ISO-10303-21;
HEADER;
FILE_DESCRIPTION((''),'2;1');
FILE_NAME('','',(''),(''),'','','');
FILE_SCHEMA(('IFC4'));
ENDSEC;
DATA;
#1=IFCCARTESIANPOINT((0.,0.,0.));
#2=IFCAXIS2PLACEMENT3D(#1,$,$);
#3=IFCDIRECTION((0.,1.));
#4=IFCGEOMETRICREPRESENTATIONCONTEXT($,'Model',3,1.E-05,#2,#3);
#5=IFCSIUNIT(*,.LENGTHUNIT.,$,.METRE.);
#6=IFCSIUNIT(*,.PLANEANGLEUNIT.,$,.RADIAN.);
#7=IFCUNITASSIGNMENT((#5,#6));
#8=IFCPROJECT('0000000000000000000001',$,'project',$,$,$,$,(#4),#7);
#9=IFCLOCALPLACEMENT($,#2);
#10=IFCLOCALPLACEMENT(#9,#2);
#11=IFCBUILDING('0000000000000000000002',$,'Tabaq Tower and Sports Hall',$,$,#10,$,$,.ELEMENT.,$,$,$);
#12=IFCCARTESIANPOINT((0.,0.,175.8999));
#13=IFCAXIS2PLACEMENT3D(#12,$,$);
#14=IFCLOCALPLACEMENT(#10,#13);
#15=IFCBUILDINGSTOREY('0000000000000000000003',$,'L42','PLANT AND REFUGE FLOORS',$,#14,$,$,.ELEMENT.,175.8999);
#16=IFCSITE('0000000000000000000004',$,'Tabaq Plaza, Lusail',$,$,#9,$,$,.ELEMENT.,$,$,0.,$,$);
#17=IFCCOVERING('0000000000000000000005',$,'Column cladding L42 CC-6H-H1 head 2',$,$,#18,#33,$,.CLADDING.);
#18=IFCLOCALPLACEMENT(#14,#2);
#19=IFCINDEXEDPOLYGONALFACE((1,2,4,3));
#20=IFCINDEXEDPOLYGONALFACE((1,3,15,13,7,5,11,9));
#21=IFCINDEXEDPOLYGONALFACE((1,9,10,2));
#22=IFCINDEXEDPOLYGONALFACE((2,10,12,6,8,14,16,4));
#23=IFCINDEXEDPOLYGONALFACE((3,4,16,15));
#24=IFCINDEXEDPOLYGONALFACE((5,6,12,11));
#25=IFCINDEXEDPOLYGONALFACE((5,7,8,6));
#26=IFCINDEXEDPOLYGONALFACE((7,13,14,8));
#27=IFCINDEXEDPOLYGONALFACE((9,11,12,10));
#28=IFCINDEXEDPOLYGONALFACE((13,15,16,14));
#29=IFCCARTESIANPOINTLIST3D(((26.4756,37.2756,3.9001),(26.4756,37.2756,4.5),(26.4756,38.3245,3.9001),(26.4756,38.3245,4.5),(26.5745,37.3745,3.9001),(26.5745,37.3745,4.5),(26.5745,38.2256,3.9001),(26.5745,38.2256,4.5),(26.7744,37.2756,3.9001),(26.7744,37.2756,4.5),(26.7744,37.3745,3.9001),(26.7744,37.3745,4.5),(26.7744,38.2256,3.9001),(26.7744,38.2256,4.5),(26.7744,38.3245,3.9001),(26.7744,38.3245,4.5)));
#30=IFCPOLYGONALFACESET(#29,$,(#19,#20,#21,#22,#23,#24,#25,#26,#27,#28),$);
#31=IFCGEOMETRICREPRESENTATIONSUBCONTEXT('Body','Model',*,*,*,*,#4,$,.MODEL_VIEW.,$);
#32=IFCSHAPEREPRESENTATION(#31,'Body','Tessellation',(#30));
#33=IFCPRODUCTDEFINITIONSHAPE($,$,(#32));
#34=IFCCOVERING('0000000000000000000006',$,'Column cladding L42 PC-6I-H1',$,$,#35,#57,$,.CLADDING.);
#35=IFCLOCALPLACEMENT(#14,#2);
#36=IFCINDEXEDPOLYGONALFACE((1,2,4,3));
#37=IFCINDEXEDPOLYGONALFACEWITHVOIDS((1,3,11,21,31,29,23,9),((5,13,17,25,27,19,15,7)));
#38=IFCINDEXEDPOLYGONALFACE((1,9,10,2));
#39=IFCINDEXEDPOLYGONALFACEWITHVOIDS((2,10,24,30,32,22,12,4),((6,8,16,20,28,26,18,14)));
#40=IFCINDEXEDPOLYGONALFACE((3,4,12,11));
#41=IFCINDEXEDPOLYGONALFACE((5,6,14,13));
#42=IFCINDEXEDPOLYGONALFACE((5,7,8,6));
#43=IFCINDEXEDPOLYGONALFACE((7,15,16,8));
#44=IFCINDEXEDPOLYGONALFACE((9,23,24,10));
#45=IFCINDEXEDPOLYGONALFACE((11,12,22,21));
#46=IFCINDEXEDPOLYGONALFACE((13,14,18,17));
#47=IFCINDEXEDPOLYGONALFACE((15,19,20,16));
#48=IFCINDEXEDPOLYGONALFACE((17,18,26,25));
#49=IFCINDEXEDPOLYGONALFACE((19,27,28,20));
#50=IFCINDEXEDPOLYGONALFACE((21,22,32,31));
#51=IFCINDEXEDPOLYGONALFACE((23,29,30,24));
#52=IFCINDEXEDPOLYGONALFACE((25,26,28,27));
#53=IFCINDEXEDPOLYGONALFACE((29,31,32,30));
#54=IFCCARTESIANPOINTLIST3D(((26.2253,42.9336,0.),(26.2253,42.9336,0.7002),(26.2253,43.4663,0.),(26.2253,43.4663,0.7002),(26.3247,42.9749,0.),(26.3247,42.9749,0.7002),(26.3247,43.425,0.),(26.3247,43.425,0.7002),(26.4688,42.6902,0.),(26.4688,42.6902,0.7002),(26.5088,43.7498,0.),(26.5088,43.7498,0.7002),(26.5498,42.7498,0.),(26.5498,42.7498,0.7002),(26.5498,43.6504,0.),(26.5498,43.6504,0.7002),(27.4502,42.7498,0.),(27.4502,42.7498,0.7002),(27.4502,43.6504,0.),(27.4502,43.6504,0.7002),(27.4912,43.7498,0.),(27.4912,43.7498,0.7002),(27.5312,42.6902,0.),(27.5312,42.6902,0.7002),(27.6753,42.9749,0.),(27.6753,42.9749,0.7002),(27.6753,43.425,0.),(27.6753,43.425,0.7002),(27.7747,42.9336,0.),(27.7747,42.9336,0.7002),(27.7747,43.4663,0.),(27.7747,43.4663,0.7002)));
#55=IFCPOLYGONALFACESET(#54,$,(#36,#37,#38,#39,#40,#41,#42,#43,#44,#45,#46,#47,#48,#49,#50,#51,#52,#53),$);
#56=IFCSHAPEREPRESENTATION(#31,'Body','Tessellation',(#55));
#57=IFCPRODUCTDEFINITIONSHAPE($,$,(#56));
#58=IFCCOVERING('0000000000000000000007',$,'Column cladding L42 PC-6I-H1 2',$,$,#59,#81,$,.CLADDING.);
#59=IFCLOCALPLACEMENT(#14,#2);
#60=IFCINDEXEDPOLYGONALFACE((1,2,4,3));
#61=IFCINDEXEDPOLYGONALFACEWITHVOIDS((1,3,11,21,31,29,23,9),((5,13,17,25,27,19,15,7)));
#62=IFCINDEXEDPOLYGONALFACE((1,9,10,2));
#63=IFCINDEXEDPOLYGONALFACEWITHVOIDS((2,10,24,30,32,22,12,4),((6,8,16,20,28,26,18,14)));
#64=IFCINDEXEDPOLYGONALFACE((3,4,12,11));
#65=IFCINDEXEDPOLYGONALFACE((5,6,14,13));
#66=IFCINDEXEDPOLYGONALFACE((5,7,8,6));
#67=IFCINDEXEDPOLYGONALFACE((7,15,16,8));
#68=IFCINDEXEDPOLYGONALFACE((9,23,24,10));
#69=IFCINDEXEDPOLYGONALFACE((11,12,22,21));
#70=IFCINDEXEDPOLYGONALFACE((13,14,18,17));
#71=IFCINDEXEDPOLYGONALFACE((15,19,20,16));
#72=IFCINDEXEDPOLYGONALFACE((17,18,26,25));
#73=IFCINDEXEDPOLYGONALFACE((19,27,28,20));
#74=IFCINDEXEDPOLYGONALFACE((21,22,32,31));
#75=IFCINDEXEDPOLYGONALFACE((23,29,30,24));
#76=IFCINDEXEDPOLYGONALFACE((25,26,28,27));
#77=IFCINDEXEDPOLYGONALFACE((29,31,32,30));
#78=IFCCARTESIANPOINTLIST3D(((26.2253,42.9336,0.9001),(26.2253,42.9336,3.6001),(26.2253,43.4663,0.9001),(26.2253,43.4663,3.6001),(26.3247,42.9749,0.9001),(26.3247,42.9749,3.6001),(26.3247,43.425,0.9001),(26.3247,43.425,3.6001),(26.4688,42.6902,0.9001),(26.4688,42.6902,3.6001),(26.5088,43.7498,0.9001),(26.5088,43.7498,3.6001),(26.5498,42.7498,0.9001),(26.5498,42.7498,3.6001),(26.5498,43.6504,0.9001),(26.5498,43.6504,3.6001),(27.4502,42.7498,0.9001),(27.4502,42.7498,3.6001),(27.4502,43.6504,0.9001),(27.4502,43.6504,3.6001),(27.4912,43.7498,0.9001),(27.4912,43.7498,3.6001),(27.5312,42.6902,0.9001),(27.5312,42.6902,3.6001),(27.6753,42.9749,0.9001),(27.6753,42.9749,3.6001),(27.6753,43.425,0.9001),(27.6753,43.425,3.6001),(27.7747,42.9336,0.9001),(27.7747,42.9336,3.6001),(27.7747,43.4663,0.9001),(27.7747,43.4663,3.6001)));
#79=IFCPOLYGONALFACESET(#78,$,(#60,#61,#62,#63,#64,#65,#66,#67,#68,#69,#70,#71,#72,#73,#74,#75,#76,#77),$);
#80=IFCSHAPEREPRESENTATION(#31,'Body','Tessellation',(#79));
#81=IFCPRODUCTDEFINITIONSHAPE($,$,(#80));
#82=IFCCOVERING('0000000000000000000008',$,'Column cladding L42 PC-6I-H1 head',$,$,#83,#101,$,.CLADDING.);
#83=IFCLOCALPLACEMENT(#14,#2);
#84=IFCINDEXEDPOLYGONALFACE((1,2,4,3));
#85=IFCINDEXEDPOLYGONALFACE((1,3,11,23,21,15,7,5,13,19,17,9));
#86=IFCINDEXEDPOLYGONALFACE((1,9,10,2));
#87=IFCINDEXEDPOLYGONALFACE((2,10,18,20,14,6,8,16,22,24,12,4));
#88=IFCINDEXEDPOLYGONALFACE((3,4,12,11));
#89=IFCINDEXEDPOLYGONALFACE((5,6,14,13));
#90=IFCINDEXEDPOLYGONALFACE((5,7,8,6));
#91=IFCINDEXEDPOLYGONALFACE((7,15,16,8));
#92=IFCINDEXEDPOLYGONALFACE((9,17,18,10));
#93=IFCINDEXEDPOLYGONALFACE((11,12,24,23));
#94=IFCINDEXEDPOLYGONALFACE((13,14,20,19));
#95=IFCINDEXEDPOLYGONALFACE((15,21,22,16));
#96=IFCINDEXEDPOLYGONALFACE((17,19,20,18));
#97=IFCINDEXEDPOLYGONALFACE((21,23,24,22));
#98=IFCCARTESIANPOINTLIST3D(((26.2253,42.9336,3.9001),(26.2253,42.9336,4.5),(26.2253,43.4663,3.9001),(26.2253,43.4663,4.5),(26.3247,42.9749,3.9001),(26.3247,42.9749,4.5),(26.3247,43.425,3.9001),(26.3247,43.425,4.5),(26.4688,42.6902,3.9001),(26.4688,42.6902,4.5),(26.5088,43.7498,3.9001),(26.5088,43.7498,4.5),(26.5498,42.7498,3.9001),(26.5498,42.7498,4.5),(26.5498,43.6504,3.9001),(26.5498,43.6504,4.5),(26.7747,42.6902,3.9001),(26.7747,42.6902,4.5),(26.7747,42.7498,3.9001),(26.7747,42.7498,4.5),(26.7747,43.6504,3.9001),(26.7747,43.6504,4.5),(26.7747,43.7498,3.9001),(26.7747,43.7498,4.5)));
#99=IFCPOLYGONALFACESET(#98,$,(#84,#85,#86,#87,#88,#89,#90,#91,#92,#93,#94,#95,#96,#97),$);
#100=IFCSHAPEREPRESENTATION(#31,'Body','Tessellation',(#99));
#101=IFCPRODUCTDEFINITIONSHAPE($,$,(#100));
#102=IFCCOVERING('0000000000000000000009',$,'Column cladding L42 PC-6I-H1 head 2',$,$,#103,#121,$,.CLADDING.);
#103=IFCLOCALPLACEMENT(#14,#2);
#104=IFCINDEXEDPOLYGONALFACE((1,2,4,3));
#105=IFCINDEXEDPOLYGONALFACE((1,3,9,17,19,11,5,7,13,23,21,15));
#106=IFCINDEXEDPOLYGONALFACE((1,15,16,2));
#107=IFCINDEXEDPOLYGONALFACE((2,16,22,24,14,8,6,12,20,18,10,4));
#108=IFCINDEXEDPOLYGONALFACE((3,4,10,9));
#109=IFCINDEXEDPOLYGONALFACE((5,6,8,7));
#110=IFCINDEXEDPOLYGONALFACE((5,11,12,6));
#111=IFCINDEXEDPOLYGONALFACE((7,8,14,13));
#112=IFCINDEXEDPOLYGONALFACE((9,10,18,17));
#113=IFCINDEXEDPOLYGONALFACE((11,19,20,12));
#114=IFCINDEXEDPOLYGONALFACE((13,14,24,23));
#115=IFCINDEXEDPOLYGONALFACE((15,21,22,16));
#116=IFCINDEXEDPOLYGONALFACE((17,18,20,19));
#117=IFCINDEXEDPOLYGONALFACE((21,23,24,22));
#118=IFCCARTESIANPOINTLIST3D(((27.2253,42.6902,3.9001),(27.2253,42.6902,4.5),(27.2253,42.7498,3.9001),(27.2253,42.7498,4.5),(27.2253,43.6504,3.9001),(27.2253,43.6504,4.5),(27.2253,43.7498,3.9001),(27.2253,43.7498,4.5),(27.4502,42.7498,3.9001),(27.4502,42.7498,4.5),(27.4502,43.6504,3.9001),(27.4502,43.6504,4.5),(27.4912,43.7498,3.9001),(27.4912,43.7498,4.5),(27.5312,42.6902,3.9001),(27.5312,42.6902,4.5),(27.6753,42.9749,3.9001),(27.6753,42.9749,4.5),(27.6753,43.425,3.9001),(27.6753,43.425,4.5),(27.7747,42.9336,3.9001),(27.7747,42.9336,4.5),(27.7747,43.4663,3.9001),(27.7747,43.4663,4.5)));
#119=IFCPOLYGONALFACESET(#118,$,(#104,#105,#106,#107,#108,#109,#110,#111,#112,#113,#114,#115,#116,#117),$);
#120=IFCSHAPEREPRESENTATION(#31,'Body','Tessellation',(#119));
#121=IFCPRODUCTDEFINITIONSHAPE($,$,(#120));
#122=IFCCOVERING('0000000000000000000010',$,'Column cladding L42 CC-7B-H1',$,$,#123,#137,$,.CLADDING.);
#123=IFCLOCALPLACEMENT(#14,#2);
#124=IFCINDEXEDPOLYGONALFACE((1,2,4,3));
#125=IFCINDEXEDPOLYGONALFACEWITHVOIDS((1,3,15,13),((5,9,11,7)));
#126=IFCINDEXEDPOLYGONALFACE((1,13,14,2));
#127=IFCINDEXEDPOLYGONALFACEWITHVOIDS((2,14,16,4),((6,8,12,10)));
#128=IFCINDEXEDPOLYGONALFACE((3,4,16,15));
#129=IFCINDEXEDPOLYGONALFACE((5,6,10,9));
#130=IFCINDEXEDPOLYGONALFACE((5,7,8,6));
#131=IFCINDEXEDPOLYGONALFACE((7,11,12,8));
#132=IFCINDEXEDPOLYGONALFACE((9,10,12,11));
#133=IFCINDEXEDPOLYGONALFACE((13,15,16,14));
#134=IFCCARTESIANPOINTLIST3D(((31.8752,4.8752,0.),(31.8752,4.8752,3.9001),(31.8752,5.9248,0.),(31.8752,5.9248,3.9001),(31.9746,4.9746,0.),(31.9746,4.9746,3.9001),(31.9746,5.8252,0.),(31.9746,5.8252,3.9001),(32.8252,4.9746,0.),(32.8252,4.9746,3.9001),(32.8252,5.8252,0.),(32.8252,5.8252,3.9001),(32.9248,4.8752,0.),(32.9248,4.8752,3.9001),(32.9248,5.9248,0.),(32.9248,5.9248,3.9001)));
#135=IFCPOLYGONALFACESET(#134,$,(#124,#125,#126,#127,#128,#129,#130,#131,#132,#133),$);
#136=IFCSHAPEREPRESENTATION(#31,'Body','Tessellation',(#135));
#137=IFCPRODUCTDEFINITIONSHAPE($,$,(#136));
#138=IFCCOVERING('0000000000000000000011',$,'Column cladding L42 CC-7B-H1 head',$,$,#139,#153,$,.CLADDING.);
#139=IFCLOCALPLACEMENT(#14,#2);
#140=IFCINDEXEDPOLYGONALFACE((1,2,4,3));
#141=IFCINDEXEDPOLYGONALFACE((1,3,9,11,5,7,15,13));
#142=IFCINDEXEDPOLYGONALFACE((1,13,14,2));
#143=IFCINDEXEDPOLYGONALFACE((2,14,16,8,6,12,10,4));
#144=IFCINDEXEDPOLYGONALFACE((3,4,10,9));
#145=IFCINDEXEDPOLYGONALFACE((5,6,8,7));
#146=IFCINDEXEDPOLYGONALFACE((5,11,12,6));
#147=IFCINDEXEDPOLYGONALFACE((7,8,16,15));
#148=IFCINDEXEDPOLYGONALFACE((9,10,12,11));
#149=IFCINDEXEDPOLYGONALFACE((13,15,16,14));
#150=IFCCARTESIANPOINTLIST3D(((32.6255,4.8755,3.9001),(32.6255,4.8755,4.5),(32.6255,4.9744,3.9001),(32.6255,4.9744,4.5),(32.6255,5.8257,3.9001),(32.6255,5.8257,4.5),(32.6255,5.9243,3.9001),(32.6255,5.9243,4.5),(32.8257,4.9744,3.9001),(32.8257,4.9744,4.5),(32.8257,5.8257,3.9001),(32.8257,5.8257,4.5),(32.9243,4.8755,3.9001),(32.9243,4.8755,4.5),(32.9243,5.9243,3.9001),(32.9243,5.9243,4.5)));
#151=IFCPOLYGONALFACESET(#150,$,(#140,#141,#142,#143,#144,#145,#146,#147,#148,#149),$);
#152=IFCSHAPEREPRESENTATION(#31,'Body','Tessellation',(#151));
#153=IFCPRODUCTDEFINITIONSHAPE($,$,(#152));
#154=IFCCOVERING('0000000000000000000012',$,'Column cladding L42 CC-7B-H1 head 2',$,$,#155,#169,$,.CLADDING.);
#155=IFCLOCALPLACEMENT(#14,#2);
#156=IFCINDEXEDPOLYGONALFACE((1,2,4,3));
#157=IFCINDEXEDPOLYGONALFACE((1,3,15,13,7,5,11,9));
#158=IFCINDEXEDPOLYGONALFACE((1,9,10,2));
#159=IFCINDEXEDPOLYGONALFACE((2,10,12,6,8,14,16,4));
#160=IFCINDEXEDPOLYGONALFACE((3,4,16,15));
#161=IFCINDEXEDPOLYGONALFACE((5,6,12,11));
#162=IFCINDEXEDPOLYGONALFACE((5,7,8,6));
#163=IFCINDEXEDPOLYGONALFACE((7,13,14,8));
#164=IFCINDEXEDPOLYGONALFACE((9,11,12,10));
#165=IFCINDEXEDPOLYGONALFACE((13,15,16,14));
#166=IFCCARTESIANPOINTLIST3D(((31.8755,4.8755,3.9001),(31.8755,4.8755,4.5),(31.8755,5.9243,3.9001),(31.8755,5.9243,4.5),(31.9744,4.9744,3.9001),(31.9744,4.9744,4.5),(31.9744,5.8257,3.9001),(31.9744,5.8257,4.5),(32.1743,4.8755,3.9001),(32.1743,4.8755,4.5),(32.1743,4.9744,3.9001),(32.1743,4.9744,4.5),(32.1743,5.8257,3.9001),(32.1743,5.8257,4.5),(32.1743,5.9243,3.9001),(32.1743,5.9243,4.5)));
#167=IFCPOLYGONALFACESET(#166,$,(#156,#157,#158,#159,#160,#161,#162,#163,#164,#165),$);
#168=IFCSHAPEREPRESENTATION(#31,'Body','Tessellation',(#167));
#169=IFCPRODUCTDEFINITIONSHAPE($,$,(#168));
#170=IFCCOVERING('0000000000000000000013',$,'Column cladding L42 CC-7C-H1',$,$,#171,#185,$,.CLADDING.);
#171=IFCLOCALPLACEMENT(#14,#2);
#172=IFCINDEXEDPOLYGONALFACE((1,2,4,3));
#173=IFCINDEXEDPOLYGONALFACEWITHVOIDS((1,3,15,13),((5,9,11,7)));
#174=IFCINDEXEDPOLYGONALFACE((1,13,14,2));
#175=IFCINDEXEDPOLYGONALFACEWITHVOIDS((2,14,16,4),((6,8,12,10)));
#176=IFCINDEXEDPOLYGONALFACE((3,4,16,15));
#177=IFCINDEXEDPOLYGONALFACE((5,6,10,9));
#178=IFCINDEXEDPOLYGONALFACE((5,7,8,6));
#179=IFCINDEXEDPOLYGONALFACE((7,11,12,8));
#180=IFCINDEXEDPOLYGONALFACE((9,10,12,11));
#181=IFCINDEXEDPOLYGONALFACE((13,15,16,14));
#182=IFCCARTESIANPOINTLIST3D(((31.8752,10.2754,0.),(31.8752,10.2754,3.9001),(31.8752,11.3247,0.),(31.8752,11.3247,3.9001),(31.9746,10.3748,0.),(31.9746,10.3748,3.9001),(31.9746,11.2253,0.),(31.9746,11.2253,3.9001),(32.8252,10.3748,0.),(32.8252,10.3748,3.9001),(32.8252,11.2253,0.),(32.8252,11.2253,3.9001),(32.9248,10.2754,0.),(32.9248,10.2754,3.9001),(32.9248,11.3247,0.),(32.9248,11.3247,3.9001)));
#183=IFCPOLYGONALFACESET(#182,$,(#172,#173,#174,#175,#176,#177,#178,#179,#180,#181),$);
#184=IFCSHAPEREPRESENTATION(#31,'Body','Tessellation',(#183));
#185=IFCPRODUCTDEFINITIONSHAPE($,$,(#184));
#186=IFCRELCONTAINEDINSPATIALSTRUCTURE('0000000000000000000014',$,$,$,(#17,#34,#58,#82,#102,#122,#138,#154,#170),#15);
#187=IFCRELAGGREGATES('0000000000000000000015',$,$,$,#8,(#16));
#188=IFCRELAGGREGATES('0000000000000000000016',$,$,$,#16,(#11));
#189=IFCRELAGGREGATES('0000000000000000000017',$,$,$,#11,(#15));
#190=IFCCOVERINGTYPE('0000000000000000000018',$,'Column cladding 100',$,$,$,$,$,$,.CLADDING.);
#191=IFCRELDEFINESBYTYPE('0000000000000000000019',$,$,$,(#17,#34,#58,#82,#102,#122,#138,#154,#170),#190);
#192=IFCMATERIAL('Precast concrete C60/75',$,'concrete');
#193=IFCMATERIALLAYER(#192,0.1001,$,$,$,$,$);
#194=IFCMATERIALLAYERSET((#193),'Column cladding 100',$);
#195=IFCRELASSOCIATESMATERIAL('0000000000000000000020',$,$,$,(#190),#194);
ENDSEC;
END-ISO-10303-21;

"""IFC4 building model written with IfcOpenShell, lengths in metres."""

from ifc_helpers import new_model, si_unit, direction, frame, origin, place, context, subcontext, project, spatial, polyline, outline, extrude, material, layer, layer_set, type_object, element, save


model = new_model("IFC4")

# Units and contexts
model_context = context("Model", 3, precision=1e-05, world=origin(), true_north=direction((0.0, 1.0)))
body_context = subcontext(model_context, "Body", "Model", "MODEL_VIEW")
ifc_project = project(units=[si_unit("LENGTHUNIT", "METRE"), si_unit("PLANEANGLEUNIT", "RADIAN")], contexts=[model_context])

# Site, building, storey
site_placement = place(None, origin())
site = spatial("IfcSite", under=ifc_project, at=site_placement, Name="Tabaq Plaza, Lusail", CompositionType="ELEMENT", RefElevation=0.0)
building_placement = place(site_placement, origin())
building = spatial("IfcBuilding", under=site, at=building_placement, Name="Tabaq Tower and Sports Hall", CompositionType="ELEMENT")
storey_placement = place(building_placement, frame((0.0, 0.0, 175.8999)))
storey = spatial("IfcBuildingStorey", under=building, at=storey_placement, Name="L42", Description="PLANT AND REFUGE FLOORS", CompositionType="ELEMENT", Elevation=175.8999)

# Coverings
ifc_material_1 = material(Name="Precast concrete C60/75", Category="concrete")
ifc_layer_1 = layer(ifc_material_1, 0.1001)
ifc_layer_set_1 = layer_set([ifc_layer_1], Name="Column cladding 100")
covering_type_1 = type_object("IfcCoveringType", Name="Column cladding 100", PredefinedType="CLADDING", material=ifc_layer_set_1)
covering_1_placement = place(storey_placement, frame((0.0, 0.0, 3.9001)))
element("IfcCovering", 1, at=covering_1_placement, inside=storey, type_object=covering_type_1, Name="Column cladding L42 CC-6H-H1 head 2", PredefinedType="CLADDING", context=body_context, shape_type="SweptSolid", body=[
    extrude(outline(polyline([(26.7744, 38.2256), (26.5745, 38.2256), (26.5745, 37.3745), (26.7744, 37.3745), (26.7744, 37.2756), (26.4756, 37.2756), (26.4756, 38.3245), (26.7744, 38.3245), (26.7744, 38.2256)])), origin(), (0.0, 0.0, 1.0), 0.5999),
])
covering_2_placement = place(storey_placement, origin())
element("IfcCovering", 2, at=covering_2_placement, inside=storey, type_object=covering_type_1, Name="Column cladding L42 PC-6I-H1", PredefinedType="CLADDING", context=body_context, shape_type="SweptSolid", body=[
    extrude(outline(polyline([(26.2253, 43.4663), (26.5088, 43.7498), (27.4912, 43.7498), (27.7747, 43.4663), (27.7747, 42.9336), (27.5312, 42.6902), (26.4688, 42.6902), (26.2253, 42.9336), (26.2253, 43.4663)]), holes=[polyline([(27.6753, 42.9749), (27.6753, 43.425), (27.4502, 43.6504), (26.5498, 43.6504), (26.3247, 43.425), (26.3247, 42.9749), (26.5498, 42.7498), (27.4502, 42.7498), (27.6753, 42.9749)])]), origin(), (0.0, 0.0, 1.0), 0.7002),
])
covering_3_placement = place(storey_placement, frame((0.0, 0.0, 0.9001)))
element("IfcCovering", 3, at=covering_3_placement, inside=storey, type_object=covering_type_1, Name="Column cladding L42 PC-6I-H1 2", PredefinedType="CLADDING", context=body_context, shape_type="SweptSolid", body=[
    extrude(outline(polyline([(26.2253, 43.4663), (26.5088, 43.7498), (27.4912, 43.7498), (27.7747, 43.4663), (27.7747, 42.9336), (27.5312, 42.6902), (26.4688, 42.6902), (26.2253, 42.9336), (26.2253, 43.4663)]), holes=[polyline([(27.6753, 42.9749), (27.6753, 43.425), (27.4502, 43.6504), (26.5498, 43.6504), (26.3247, 43.425), (26.3247, 42.9749), (26.5498, 42.7498), (27.4502, 42.7498), (27.6753, 42.9749)])]), origin(), (0.0, 0.0, 1.0), 2.7),
])
covering_4_placement = place(storey_placement, frame((0.0, 0.0, 3.9001)))
element("IfcCovering", 4, at=covering_4_placement, inside=storey, type_object=covering_type_1, Name="Column cladding L42 PC-6I-H1 head", PredefinedType="CLADDING", context=body_context, shape_type="SweptSolid", body=[
    extrude(outline(polyline([(26.5088, 43.7498), (26.7747, 43.7498), (26.7747, 43.6504), (26.5498, 43.6504), (26.3247, 43.425), (26.3247, 42.9749), (26.5498, 42.7498), (26.7747, 42.7498), (26.7747, 42.6902), (26.4688, 42.6902), (26.2253, 42.9336), (26.2253, 43.4663), (26.5088, 43.7498)])), origin(), (0.0, 0.0, 1.0), 0.5999),
])
covering_5_placement = place(storey_placement, frame((0.0, 0.0, 3.9001)))
element("IfcCovering", 5, at=covering_5_placement, inside=storey, type_object=covering_type_1, Name="Column cladding L42 PC-6I-H1 head 2", PredefinedType="CLADDING", context=body_context, shape_type="SweptSolid", body=[
    extrude(outline(polyline([(27.4912, 43.7498), (27.7747, 43.4663), (27.7747, 42.9336), (27.5312, 42.6902), (27.2253, 42.6902), (27.2253, 42.7498), (27.4502, 42.7498), (27.6753, 42.9749), (27.6753, 43.425), (27.4502, 43.6504), (27.2253, 43.6504), (27.2253, 43.7498), (27.4912, 43.7498)])), origin(), (0.0, 0.0, 1.0), 0.5999),
])
covering_6_placement = place(storey_placement, origin())
element("IfcCovering", 6, at=covering_6_placement, inside=storey, type_object=covering_type_1, Name="Column cladding L42 CC-7B-H1", PredefinedType="CLADDING", context=body_context, shape_type="SweptSolid", body=[
    extrude(outline(polyline([(31.8752, 5.9248), (32.9248, 5.9248), (32.9248, 4.8752), (31.8752, 4.8752), (31.8752, 5.9248)]), holes=[polyline([(32.8252, 4.9746), (32.8252, 5.8252), (31.9746, 5.8252), (31.9746, 4.9746), (32.8252, 4.9746)])]), origin(), (0.0, 0.0, 1.0), 3.9001),
])
covering_7_placement = place(storey_placement, frame((0.0, 0.0, 3.9001)))
element("IfcCovering", 7, at=covering_7_placement, inside=storey, type_object=covering_type_1, Name="Column cladding L42 CC-7B-H1 head", PredefinedType="CLADDING", context=body_context, shape_type="SweptSolid", body=[
    extrude(outline(polyline([(32.6255, 4.9744), (32.8257, 4.9744), (32.8257, 5.8257), (32.6255, 5.8257), (32.6255, 5.9243), (32.9243, 5.9243), (32.9243, 4.8755), (32.6255, 4.8755), (32.6255, 4.9744)])), origin(), (0.0, 0.0, 1.0), 0.5999),
])
covering_8_placement = place(storey_placement, frame((0.0, 0.0, 3.9001)))
element("IfcCovering", 8, at=covering_8_placement, inside=storey, type_object=covering_type_1, Name="Column cladding L42 CC-7B-H1 head 2", PredefinedType="CLADDING", context=body_context, shape_type="SweptSolid", body=[
    extrude(outline(polyline([(32.1743, 4.9744), (32.1743, 4.8755), (31.8755, 4.8755), (31.8755, 5.9243), (32.1743, 5.9243), (32.1743, 5.8257), (31.9744, 5.8257), (31.9744, 4.9744), (32.1743, 4.9744)])), origin(), (0.0, 0.0, 1.0), 0.5999),
])
covering_9_placement = place(storey_placement, origin())
element("IfcCovering", 9, at=covering_9_placement, inside=storey, type_object=covering_type_1, Name="Column cladding L42 CC-7C-H1", PredefinedType="CLADDING", context=body_context, shape_type="SweptSolid", body=[
    extrude(outline(polyline([(31.8752, 11.3247), (32.9248, 11.3247), (32.9248, 10.2754), (31.8752, 10.2754), (31.8752, 11.3247)]), holes=[polyline([(32.8252, 10.3748), (32.8252, 11.2253), (31.9746, 11.2253), (31.9746, 10.3748), (32.8252, 10.3748)])]), origin(), (0.0, 0.0, 1.0), 3.9001),
])

save(model, "model.ifc")
